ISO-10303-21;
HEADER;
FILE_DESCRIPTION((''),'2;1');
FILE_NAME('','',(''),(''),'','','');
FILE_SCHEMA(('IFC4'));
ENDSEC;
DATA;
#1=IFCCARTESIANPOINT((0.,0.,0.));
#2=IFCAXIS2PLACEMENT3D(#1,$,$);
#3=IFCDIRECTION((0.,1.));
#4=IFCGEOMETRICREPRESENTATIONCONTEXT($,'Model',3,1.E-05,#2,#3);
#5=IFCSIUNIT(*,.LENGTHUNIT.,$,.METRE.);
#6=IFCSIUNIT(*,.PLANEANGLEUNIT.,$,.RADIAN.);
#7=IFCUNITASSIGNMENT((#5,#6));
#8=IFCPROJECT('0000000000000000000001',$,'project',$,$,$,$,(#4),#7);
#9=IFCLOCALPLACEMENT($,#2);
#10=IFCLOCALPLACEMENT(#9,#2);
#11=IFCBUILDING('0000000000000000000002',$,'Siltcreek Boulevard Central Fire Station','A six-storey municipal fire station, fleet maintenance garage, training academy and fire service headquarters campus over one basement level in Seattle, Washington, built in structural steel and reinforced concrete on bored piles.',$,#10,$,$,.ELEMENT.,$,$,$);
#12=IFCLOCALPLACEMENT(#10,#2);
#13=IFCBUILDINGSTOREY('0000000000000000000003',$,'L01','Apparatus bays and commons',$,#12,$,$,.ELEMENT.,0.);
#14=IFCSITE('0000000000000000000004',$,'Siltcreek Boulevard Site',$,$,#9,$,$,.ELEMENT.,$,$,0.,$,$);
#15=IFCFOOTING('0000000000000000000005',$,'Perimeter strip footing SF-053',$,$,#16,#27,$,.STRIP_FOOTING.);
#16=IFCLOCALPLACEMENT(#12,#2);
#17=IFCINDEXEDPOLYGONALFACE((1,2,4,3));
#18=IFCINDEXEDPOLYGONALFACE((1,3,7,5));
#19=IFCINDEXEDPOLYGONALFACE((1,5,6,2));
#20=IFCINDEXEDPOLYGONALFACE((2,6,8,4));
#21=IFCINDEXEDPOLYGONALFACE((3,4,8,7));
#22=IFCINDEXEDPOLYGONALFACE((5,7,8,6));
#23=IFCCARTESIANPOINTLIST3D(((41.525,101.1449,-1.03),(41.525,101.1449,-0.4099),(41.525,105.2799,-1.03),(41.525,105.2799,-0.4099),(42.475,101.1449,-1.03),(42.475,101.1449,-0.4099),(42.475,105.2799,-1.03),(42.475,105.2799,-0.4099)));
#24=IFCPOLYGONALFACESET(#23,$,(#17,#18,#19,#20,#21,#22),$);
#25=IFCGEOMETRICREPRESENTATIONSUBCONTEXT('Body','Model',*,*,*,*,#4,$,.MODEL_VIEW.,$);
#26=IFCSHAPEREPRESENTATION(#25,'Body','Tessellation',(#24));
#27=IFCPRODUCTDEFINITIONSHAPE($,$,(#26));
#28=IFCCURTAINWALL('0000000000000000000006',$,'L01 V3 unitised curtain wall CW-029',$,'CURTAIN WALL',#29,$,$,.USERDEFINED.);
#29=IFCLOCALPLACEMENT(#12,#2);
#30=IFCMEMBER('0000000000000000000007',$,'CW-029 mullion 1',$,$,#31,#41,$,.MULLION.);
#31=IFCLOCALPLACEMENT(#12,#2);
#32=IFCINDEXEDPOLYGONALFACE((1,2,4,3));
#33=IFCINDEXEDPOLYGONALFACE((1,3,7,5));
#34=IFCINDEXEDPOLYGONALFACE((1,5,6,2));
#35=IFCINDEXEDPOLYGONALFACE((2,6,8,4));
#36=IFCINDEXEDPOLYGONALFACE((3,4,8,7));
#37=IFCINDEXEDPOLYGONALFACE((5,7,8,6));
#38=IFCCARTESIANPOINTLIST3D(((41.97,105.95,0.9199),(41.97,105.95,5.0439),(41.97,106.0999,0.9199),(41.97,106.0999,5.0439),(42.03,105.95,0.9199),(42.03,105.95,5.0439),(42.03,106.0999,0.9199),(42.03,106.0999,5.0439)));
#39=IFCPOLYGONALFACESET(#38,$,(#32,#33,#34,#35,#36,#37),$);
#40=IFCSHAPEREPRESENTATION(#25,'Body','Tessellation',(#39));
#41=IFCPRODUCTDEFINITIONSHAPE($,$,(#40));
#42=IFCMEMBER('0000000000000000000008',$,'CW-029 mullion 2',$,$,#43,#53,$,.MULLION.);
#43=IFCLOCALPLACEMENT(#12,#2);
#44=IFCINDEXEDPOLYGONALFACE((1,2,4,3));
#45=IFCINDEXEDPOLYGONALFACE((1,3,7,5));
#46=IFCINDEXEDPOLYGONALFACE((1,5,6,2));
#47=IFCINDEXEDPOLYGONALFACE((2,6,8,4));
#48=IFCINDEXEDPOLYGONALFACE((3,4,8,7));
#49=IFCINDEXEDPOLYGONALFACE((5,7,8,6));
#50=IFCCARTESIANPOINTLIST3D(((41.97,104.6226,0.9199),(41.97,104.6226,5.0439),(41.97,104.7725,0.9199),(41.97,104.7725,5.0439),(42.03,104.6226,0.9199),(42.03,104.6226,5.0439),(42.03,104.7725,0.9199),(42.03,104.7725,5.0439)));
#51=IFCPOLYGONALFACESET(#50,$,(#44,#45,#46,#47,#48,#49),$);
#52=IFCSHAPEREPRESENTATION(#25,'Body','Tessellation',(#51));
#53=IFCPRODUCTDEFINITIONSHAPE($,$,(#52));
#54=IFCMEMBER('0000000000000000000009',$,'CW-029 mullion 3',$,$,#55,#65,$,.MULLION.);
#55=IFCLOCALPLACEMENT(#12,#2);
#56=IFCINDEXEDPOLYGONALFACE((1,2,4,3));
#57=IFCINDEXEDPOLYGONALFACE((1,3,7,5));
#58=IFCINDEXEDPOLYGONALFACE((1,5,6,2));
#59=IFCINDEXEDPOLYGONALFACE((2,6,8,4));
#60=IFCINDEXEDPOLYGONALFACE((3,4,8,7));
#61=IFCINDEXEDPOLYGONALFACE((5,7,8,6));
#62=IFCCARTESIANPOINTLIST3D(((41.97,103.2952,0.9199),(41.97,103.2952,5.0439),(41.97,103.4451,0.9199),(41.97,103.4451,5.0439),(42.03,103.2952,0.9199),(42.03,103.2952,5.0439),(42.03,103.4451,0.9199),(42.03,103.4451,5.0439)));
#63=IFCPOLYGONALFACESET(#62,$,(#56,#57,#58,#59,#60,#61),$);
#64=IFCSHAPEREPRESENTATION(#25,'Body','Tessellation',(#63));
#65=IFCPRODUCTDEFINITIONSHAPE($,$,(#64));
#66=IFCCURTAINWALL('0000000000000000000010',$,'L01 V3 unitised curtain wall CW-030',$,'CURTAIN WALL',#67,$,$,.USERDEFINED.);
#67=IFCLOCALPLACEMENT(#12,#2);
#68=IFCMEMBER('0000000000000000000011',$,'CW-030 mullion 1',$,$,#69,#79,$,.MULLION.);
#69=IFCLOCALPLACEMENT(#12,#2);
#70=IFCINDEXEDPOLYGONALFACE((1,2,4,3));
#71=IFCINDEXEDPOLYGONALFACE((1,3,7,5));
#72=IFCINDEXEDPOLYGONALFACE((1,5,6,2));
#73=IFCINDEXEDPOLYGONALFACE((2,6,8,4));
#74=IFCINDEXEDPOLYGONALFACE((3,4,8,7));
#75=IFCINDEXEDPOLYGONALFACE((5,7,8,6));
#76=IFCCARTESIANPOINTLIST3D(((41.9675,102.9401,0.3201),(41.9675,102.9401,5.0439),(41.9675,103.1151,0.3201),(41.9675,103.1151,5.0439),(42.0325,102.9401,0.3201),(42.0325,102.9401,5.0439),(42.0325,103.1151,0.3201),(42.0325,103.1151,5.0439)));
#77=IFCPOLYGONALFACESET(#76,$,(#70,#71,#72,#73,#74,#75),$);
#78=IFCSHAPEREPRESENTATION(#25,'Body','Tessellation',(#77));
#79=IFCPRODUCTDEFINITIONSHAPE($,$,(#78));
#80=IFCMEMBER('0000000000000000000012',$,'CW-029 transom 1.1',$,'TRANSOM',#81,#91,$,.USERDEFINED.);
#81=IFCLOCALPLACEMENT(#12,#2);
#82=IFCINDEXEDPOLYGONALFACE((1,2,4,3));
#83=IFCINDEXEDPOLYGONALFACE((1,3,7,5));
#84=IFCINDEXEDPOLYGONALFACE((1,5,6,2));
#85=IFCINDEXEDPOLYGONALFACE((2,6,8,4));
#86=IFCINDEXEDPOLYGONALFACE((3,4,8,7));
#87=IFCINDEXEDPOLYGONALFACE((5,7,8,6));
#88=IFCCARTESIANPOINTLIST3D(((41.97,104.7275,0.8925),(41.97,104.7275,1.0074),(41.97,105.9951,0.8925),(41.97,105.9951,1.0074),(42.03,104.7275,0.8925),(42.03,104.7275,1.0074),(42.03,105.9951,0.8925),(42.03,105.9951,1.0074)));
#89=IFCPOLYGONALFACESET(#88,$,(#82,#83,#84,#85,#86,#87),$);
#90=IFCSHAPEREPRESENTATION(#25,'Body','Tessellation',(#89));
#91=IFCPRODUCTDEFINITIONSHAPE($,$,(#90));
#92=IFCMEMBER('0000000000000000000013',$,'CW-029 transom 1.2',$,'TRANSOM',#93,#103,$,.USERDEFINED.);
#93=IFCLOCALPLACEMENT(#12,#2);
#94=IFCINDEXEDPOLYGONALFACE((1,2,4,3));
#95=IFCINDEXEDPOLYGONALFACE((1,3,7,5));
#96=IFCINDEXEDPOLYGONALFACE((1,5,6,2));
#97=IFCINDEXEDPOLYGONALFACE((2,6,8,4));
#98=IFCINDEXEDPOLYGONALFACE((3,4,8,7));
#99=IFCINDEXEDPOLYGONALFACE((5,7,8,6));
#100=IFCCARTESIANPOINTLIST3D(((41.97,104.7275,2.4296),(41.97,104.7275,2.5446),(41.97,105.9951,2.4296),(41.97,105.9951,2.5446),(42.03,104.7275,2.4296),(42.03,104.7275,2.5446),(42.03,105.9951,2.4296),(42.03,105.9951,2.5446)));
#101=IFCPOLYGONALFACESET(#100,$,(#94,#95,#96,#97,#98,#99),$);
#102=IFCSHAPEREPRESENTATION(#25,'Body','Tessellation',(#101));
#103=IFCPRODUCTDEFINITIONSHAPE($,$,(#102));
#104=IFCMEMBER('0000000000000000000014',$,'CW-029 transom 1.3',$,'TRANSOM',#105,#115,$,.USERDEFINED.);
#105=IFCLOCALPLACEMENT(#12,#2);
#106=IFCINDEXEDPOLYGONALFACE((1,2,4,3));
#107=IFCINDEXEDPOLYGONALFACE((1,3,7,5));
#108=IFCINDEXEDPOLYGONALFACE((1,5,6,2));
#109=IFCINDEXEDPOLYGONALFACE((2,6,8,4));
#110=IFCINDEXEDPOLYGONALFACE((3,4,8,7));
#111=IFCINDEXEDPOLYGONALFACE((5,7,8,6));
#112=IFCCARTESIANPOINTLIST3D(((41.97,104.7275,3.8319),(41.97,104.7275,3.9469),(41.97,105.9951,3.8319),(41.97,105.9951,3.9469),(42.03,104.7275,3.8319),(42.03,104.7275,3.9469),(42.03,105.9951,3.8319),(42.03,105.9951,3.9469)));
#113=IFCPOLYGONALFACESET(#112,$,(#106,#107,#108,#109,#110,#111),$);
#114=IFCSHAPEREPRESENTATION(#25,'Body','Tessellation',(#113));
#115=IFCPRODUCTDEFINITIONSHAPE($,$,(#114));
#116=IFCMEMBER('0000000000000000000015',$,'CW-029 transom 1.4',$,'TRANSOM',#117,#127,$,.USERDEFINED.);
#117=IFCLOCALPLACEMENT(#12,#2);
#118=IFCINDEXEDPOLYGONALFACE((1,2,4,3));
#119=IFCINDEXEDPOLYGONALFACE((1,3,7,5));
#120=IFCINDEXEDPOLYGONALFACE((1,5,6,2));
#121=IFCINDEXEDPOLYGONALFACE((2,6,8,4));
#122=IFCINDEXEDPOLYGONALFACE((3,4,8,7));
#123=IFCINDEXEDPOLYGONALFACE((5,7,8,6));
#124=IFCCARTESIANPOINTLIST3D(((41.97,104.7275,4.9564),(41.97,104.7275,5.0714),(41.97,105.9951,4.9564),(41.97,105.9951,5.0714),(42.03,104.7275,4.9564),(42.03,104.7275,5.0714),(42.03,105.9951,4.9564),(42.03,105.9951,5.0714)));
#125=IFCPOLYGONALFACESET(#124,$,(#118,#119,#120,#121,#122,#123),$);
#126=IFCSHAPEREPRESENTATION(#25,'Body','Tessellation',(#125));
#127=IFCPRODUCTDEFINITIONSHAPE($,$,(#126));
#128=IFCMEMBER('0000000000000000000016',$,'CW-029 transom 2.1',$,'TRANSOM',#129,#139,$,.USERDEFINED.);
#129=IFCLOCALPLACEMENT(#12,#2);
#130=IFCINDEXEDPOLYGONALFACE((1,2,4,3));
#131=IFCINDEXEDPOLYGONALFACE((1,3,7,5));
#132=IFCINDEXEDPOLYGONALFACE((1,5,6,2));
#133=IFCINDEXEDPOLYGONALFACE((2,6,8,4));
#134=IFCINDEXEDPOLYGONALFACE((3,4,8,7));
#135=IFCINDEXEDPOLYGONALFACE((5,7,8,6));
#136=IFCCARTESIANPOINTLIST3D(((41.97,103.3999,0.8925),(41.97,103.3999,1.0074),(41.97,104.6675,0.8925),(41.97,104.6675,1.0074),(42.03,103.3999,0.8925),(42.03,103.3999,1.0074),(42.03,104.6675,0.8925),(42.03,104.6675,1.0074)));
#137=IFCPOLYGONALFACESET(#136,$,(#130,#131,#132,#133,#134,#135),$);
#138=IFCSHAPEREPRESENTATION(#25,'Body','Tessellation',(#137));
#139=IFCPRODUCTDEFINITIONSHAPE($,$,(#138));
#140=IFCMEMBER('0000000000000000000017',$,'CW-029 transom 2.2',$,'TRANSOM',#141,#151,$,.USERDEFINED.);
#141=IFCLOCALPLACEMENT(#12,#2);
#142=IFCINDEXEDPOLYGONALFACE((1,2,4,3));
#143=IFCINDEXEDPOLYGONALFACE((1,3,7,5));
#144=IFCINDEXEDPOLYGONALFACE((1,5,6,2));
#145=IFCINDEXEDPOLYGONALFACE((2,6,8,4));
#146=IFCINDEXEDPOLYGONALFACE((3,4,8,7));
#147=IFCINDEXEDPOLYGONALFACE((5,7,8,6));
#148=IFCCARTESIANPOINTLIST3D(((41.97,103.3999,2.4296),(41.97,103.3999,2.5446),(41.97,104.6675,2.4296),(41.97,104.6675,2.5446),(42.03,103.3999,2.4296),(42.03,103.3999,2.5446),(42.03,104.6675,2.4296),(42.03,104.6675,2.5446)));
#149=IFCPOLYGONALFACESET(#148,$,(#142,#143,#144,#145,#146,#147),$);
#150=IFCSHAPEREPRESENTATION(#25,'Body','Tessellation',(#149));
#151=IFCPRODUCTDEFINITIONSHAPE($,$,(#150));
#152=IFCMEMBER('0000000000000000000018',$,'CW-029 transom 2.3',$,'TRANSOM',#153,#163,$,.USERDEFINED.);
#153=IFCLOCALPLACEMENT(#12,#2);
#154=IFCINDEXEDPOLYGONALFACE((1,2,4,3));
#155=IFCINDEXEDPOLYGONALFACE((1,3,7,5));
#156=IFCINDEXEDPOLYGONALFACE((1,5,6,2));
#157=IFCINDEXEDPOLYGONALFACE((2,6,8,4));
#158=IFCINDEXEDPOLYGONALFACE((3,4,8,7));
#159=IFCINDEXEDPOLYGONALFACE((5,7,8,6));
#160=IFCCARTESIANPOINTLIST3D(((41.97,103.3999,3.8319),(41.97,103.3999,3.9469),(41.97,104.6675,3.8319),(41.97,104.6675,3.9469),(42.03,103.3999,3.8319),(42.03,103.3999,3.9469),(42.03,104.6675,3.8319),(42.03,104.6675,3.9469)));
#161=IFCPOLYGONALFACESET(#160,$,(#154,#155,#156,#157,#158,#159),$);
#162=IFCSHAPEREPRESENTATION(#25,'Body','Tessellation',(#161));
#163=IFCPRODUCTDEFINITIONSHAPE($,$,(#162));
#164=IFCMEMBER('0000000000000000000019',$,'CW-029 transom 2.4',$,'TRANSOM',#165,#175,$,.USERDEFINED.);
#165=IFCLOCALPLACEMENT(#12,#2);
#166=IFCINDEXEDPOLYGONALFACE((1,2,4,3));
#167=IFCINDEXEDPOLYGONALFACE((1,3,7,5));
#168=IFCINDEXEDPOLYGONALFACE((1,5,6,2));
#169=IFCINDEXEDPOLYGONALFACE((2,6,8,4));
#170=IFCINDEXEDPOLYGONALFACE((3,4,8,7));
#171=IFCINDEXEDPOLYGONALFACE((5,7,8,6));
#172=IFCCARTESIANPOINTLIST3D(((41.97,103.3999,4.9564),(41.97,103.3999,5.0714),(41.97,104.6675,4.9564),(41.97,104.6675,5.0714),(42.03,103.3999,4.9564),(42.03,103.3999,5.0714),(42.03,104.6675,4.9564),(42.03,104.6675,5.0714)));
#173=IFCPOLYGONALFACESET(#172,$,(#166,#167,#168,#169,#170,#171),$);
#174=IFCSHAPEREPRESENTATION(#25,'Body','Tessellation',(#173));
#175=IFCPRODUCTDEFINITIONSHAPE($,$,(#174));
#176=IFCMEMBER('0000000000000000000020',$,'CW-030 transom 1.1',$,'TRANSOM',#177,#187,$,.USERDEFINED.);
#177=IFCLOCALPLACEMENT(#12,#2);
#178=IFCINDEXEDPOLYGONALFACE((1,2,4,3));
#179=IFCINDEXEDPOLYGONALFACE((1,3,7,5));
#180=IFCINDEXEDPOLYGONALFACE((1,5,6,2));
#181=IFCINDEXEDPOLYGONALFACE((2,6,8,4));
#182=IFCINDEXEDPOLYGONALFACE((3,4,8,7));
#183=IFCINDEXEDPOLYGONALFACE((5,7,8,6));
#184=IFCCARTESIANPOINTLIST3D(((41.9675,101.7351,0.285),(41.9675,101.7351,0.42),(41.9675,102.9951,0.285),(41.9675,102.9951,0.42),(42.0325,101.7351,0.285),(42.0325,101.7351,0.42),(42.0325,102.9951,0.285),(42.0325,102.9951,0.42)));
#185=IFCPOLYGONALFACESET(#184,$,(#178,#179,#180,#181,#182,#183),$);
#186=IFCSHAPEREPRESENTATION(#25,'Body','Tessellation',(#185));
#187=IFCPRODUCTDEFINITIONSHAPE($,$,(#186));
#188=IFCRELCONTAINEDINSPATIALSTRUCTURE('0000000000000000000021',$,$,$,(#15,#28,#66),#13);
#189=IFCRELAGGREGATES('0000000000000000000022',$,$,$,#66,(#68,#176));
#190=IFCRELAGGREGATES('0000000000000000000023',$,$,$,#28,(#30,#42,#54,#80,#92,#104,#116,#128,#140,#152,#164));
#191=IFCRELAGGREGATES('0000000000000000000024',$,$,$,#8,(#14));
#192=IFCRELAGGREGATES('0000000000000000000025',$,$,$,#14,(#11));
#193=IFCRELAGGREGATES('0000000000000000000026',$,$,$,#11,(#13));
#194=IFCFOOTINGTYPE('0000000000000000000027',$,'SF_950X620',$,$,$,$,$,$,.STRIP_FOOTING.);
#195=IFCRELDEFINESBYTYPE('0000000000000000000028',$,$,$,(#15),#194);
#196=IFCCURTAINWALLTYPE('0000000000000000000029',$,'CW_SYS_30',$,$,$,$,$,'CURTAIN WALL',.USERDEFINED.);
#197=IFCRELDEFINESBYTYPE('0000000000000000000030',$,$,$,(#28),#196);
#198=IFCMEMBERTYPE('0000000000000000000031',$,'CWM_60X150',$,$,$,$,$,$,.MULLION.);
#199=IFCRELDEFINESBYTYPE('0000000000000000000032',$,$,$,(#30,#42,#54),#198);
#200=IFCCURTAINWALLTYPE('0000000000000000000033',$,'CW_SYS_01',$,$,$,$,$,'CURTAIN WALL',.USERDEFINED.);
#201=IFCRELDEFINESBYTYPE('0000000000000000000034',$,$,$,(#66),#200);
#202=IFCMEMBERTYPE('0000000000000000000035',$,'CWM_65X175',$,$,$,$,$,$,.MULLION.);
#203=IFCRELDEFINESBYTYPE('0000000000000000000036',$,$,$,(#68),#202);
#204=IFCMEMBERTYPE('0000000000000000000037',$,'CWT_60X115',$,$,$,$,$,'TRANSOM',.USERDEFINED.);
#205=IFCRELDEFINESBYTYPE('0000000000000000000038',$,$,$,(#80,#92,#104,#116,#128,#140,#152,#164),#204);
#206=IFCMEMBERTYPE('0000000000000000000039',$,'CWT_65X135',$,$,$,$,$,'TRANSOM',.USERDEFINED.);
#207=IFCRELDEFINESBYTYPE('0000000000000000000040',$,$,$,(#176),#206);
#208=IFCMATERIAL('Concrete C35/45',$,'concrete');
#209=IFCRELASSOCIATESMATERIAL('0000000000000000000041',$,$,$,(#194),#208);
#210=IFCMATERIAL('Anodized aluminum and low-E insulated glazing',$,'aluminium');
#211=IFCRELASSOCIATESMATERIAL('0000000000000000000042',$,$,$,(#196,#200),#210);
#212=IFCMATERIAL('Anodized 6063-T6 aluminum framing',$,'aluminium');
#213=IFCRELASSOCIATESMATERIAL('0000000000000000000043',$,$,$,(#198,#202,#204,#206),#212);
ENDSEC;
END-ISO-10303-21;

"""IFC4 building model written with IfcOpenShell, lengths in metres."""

from ifc_helpers import new_model, si_unit, direction, frame, origin, origin_2d, place, context, subcontext, project, spatial, rectangle, extrude, material, material_profile, profile_set, type_object, element, aggregate, save


model = new_model("IFC4")

# Units and contexts
model_context = context("Model", 3, precision=1e-05, world=origin(), true_north=direction((0.0, 1.0)))
body_context = subcontext(model_context, "Body", "Model", "MODEL_VIEW")
ifc_project = project(units=[si_unit("LENGTHUNIT", "METRE"), si_unit("PLANEANGLEUNIT", "RADIAN")], contexts=[model_context])

# Site, building, storey
site_placement = place(None, origin())
site = spatial("IfcSite", under=ifc_project, at=site_placement, Name="Siltcreek Boulevard Site", CompositionType="ELEMENT", RefElevation=0.0)
building_placement = place(site_placement, origin())
building = spatial("IfcBuilding", under=site, at=building_placement, Name="Siltcreek Boulevard Central Fire Station", Description="A six-storey municipal fire station, fleet maintenance garage, training academy and fire service headquarters campus over one basement level in Seattle, Washington, built in structural steel and reinforced concrete on bored piles.", CompositionType="ELEMENT")
storey_placement = place(building_placement, origin())
storey = spatial("IfcBuildingStorey", under=building, at=storey_placement, Name="L01", Description="Apparatus bays and commons", CompositionType="ELEMENT", Elevation=0.0)

# Footing
ifc_material_1 = material(Name="Concrete C35/45", Category="concrete")
footing_type = type_object("IfcFootingType", Name="SF_950X620", PredefinedType="STRIP_FOOTING", material=ifc_material_1)
footing_placement = place(storey_placement, frame((42.0, 103.2124, -1.03), z_axis=(0.0, 0.0, 1.0), x_axis=(1.0, 0.0, 0.0)))
element("IfcFooting", 1, at=footing_placement, inside=storey, type_object=footing_type, Name="Perimeter strip footing SF-053", PredefinedType="STRIP_FOOTING", context=body_context, shape_type="SweptSolid", body=[
    extrude(rectangle(XDim=0.95, YDim=4.135, at=origin_2d()), origin(), (0.0, 0.0, 1.0), 0.6201),
])

# Curtain wall, members
ifc_material_2 = material(Name="Anodized aluminum and low-E insulated glazing", Category="aluminium")
curtain_wall_type_1 = type_object("IfcCurtainWallType", Name="CW_SYS_30", ElementType="CURTAIN WALL", PredefinedType="USERDEFINED", material=ifc_material_2)
curtain_wall_1_placement = place(storey_placement, origin())
curtain_wall_1 = element("IfcCurtainWall", 2, at=curtain_wall_1_placement, inside=storey, type_object=curtain_wall_type_1, Name="L01 V3 unitised curtain wall CW-029", ObjectType="CURTAIN WALL", PredefinedType="USERDEFINED")
ifc_material_3 = material(Name="Anodized 6063-T6 aluminum framing", Category="aluminium")
ifc_material_profile_1 = material_profile(ifc_material_3, rectangle(XDim=0.0601, YDim=0.1499, at=origin_2d()), Name="MULL60X150")
ifc_profile_set_1 = profile_set([ifc_material_profile_1], Name="Anodized 6063-T6 aluminum framing")
member_type_1 = type_object("IfcMemberType", Name="CWM_60X150", PredefinedType="MULLION", material=ifc_profile_set_1)
member_1_placement = place(storey_placement, frame((42.0, 106.0249, 0.9199), z_axis=(0.0, 0.0, 1.0), x_axis=(1.0, 0.0, 0.0)))
member_1 = element("IfcMember", 3, at=member_1_placement, type_object=member_type_1, Name="CW-029 mullion 1", PredefinedType="MULLION", context=body_context, shape_type="SweptSolid", body=[
    extrude(rectangle(XDim=0.0601, YDim=0.1499, at=origin_2d()), origin(), (0.0, 0.0, 1.0), 4.124),
])
member_2_placement = place(storey_placement, frame((42.0, 104.6975, 0.9199), z_axis=(0.0, 0.0, 1.0), x_axis=(1.0, 0.0, 0.0)))
member_2 = element("IfcMember", 4, at=member_2_placement, type_object=member_type_1, Name="CW-029 mullion 2", PredefinedType="MULLION", context=body_context, shape_type="SweptSolid", body=[
    extrude(rectangle(XDim=0.0601, YDim=0.1499, at=origin_2d()), origin(), (0.0, 0.0, 1.0), 4.124),
])
member_3_placement = place(storey_placement, frame((42.0, 103.3701, 0.9199), z_axis=(0.0, 0.0, 1.0), x_axis=(1.0, 0.0, 0.0)))
member_3 = element("IfcMember", 5, at=member_3_placement, type_object=member_type_1, Name="CW-029 mullion 3", PredefinedType="MULLION", context=body_context, shape_type="SweptSolid", body=[
    extrude(rectangle(XDim=0.0601, YDim=0.1499, at=origin_2d()), origin(), (0.0, 0.0, 1.0), 4.124),
])

# Curtain wall, member
curtain_wall_type_2 = type_object("IfcCurtainWallType", Name="CW_SYS_01", ElementType="CURTAIN WALL", PredefinedType="USERDEFINED", material=ifc_material_2)
curtain_wall_2_placement = place(storey_placement, origin())
curtain_wall_2 = element("IfcCurtainWall", 6, at=curtain_wall_2_placement, inside=storey, type_object=curtain_wall_type_2, Name="L01 V3 unitised curtain wall CW-030", ObjectType="CURTAIN WALL", PredefinedType="USERDEFINED")
ifc_material_profile_2 = material_profile(ifc_material_3, rectangle(XDim=0.0649, YDim=0.175, at=origin_2d()), Name="MULL65X175")
ifc_profile_set_2 = profile_set([ifc_material_profile_2], Name="Anodized 6063-T6 aluminum framing")
member_type_2 = type_object("IfcMemberType", Name="CWM_65X175", PredefinedType="MULLION", material=ifc_profile_set_2)
member_4_placement = place(storey_placement, frame((42.0, 103.0276, 0.3201), z_axis=(0.0, 0.0, 1.0), x_axis=(1.0, 0.0, 0.0)))
member_4 = element("IfcMember", 7, at=member_4_placement, type_object=member_type_2, Name="CW-030 mullion 1", PredefinedType="MULLION", context=body_context, shape_type="SweptSolid", body=[
    extrude(rectangle(XDim=0.0649, YDim=0.175, at=origin_2d()), origin(), (0.0, 0.0, 1.0), 4.7239),
])

# Members
ifc_material_profile_3 = material_profile(ifc_material_3, rectangle(XDim=0.0601, YDim=0.115, at=origin_2d()), Name="TRAN60X115")
ifc_profile_set_3 = profile_set([ifc_material_profile_3], Name="Anodized 6063-T6 aluminum framing")
member_type_3 = type_object("IfcMemberType", Name="CWT_60X115", ElementType="TRANSOM", PredefinedType="USERDEFINED", material=ifc_profile_set_3)
member_5_placement = place(storey_placement, frame((42.0, 105.9951, 0.95), z_axis=(0.0, -1.0, 0.0), x_axis=(1.0, 0.0, 0.0)))
member_5 = element("IfcMember", 8, at=member_5_placement, type_object=member_type_3, Name="CW-029 transom 1.1", ObjectType="TRANSOM", PredefinedType="USERDEFINED", context=body_context, shape_type="SweptSolid", body=[
    extrude(rectangle(XDim=0.0601, YDim=0.115, at=origin_2d()), origin(), (0.0, 0.0, 1.0), 1.2676),
])
member_6_placement = place(storey_placement, frame((42.0, 105.9951, 2.4871), z_axis=(0.0, -1.0, 0.0), x_axis=(1.0, 0.0, 0.0)))
member_6 = element("IfcMember", 9, at=member_6_placement, type_object=member_type_3, Name="CW-029 transom 1.2", ObjectType="TRANSOM", PredefinedType="USERDEFINED", context=body_context, shape_type="SweptSolid", body=[
    extrude(rectangle(XDim=0.0601, YDim=0.115, at=origin_2d()), origin(), (0.0, 0.0, 1.0), 1.2676),
])
member_7_placement = place(storey_placement, frame((42.0, 105.9951, 3.8894), z_axis=(0.0, -1.0, 0.0), x_axis=(1.0, 0.0, 0.0)))
member_7 = element("IfcMember", 10, at=member_7_placement, type_object=member_type_3, Name="CW-029 transom 1.3", ObjectType="TRANSOM", PredefinedType="USERDEFINED", context=body_context, shape_type="SweptSolid", body=[
    extrude(rectangle(XDim=0.0601, YDim=0.115, at=origin_2d()), origin(), (0.0, 0.0, 1.0), 1.2676),
])
member_8_placement = place(storey_placement, frame((42.0, 105.9951, 5.0139), z_axis=(0.0, -1.0, 0.0), x_axis=(1.0, 0.0, 0.0)))
member_8 = element("IfcMember", 11, at=member_8_placement, type_object=member_type_3, Name="CW-029 transom 1.4", ObjectType="TRANSOM", PredefinedType="USERDEFINED", context=body_context, shape_type="SweptSolid", body=[
    extrude(rectangle(XDim=0.0601, YDim=0.115, at=origin_2d()), origin(), (0.0, 0.0, 1.0), 1.2676),
])
member_9_placement = place(storey_placement, frame((42.0, 104.6675, 0.95), z_axis=(0.0, -1.0, 0.0), x_axis=(1.0, 0.0, 0.0)))
member_9 = element("IfcMember", 12, at=member_9_placement, type_object=member_type_3, Name="CW-029 transom 2.1", ObjectType="TRANSOM", PredefinedType="USERDEFINED", context=body_context, shape_type="SweptSolid", body=[
    extrude(rectangle(XDim=0.0601, YDim=0.115, at=origin_2d()), origin(), (0.0, 0.0, 1.0), 1.2676),
])
member_10_placement = place(storey_placement, frame((42.0, 104.6675, 2.4871), z_axis=(0.0, -1.0, 0.0), x_axis=(1.0, 0.0, 0.0)))
member_10 = element("IfcMember", 13, at=member_10_placement, type_object=member_type_3, Name="CW-029 transom 2.2", ObjectType="TRANSOM", PredefinedType="USERDEFINED", context=body_context, shape_type="SweptSolid", body=[
    extrude(rectangle(XDim=0.0601, YDim=0.115, at=origin_2d()), origin(), (0.0, 0.0, 1.0), 1.2676),
])
member_11_placement = place(storey_placement, frame((42.0, 104.6675, 3.8894), z_axis=(0.0, -1.0, 0.0), x_axis=(1.0, 0.0, 0.0)))
member_11 = element("IfcMember", 14, at=member_11_placement, type_object=member_type_3, Name="CW-029 transom 2.3", ObjectType="TRANSOM", PredefinedType="USERDEFINED", context=body_context, shape_type="SweptSolid", body=[
    extrude(rectangle(XDim=0.0601, YDim=0.115, at=origin_2d()), origin(), (0.0, 0.0, 1.0), 1.2676),
])
member_12_placement = place(storey_placement, frame((42.0, 104.6675, 5.0139), z_axis=(0.0, -1.0, 0.0), x_axis=(1.0, 0.0, 0.0)))
member_12 = element("IfcMember", 15, at=member_12_placement, type_object=member_type_3, Name="CW-029 transom 2.4", ObjectType="TRANSOM", PredefinedType="USERDEFINED", context=body_context, shape_type="SweptSolid", body=[
    extrude(rectangle(XDim=0.0601, YDim=0.115, at=origin_2d()), origin(), (0.0, 0.0, 1.0), 1.2676),
])
ifc_material_profile_4 = material_profile(ifc_material_3, rectangle(XDim=0.0649, YDim=0.135, at=origin_2d()), Name="TRAN65X135")
ifc_profile_set_4 = profile_set([ifc_material_profile_4], Name="Anodized 6063-T6 aluminum framing")
member_type_4 = type_object("IfcMemberType", Name="CWT_65X135", ElementType="TRANSOM", PredefinedType="USERDEFINED", material=ifc_profile_set_4)
member_13_placement = place(storey_placement, frame((42.0, 102.9951, 0.3525), z_axis=(0.0, -1.0, 0.0), x_axis=(1.0, 0.0, 0.0)))
member_13 = element("IfcMember", 16, at=member_13_placement, type_object=member_type_4, Name="CW-030 transom 1.1", ObjectType="TRANSOM", PredefinedType="USERDEFINED", context=body_context, shape_type="SweptSolid", body=[
    extrude(rectangle(XDim=0.0649, YDim=0.135, at=origin_2d()), origin(), (0.0, 0.0, 1.0), 1.26),
])

aggregate(curtain_wall_2, [member_4, member_13])
aggregate(curtain_wall_1, [member_1, member_2, member_3, member_5, member_6, member_7, member_8, member_9, member_10, member_11, member_12])

save(model, "model.ifc")
